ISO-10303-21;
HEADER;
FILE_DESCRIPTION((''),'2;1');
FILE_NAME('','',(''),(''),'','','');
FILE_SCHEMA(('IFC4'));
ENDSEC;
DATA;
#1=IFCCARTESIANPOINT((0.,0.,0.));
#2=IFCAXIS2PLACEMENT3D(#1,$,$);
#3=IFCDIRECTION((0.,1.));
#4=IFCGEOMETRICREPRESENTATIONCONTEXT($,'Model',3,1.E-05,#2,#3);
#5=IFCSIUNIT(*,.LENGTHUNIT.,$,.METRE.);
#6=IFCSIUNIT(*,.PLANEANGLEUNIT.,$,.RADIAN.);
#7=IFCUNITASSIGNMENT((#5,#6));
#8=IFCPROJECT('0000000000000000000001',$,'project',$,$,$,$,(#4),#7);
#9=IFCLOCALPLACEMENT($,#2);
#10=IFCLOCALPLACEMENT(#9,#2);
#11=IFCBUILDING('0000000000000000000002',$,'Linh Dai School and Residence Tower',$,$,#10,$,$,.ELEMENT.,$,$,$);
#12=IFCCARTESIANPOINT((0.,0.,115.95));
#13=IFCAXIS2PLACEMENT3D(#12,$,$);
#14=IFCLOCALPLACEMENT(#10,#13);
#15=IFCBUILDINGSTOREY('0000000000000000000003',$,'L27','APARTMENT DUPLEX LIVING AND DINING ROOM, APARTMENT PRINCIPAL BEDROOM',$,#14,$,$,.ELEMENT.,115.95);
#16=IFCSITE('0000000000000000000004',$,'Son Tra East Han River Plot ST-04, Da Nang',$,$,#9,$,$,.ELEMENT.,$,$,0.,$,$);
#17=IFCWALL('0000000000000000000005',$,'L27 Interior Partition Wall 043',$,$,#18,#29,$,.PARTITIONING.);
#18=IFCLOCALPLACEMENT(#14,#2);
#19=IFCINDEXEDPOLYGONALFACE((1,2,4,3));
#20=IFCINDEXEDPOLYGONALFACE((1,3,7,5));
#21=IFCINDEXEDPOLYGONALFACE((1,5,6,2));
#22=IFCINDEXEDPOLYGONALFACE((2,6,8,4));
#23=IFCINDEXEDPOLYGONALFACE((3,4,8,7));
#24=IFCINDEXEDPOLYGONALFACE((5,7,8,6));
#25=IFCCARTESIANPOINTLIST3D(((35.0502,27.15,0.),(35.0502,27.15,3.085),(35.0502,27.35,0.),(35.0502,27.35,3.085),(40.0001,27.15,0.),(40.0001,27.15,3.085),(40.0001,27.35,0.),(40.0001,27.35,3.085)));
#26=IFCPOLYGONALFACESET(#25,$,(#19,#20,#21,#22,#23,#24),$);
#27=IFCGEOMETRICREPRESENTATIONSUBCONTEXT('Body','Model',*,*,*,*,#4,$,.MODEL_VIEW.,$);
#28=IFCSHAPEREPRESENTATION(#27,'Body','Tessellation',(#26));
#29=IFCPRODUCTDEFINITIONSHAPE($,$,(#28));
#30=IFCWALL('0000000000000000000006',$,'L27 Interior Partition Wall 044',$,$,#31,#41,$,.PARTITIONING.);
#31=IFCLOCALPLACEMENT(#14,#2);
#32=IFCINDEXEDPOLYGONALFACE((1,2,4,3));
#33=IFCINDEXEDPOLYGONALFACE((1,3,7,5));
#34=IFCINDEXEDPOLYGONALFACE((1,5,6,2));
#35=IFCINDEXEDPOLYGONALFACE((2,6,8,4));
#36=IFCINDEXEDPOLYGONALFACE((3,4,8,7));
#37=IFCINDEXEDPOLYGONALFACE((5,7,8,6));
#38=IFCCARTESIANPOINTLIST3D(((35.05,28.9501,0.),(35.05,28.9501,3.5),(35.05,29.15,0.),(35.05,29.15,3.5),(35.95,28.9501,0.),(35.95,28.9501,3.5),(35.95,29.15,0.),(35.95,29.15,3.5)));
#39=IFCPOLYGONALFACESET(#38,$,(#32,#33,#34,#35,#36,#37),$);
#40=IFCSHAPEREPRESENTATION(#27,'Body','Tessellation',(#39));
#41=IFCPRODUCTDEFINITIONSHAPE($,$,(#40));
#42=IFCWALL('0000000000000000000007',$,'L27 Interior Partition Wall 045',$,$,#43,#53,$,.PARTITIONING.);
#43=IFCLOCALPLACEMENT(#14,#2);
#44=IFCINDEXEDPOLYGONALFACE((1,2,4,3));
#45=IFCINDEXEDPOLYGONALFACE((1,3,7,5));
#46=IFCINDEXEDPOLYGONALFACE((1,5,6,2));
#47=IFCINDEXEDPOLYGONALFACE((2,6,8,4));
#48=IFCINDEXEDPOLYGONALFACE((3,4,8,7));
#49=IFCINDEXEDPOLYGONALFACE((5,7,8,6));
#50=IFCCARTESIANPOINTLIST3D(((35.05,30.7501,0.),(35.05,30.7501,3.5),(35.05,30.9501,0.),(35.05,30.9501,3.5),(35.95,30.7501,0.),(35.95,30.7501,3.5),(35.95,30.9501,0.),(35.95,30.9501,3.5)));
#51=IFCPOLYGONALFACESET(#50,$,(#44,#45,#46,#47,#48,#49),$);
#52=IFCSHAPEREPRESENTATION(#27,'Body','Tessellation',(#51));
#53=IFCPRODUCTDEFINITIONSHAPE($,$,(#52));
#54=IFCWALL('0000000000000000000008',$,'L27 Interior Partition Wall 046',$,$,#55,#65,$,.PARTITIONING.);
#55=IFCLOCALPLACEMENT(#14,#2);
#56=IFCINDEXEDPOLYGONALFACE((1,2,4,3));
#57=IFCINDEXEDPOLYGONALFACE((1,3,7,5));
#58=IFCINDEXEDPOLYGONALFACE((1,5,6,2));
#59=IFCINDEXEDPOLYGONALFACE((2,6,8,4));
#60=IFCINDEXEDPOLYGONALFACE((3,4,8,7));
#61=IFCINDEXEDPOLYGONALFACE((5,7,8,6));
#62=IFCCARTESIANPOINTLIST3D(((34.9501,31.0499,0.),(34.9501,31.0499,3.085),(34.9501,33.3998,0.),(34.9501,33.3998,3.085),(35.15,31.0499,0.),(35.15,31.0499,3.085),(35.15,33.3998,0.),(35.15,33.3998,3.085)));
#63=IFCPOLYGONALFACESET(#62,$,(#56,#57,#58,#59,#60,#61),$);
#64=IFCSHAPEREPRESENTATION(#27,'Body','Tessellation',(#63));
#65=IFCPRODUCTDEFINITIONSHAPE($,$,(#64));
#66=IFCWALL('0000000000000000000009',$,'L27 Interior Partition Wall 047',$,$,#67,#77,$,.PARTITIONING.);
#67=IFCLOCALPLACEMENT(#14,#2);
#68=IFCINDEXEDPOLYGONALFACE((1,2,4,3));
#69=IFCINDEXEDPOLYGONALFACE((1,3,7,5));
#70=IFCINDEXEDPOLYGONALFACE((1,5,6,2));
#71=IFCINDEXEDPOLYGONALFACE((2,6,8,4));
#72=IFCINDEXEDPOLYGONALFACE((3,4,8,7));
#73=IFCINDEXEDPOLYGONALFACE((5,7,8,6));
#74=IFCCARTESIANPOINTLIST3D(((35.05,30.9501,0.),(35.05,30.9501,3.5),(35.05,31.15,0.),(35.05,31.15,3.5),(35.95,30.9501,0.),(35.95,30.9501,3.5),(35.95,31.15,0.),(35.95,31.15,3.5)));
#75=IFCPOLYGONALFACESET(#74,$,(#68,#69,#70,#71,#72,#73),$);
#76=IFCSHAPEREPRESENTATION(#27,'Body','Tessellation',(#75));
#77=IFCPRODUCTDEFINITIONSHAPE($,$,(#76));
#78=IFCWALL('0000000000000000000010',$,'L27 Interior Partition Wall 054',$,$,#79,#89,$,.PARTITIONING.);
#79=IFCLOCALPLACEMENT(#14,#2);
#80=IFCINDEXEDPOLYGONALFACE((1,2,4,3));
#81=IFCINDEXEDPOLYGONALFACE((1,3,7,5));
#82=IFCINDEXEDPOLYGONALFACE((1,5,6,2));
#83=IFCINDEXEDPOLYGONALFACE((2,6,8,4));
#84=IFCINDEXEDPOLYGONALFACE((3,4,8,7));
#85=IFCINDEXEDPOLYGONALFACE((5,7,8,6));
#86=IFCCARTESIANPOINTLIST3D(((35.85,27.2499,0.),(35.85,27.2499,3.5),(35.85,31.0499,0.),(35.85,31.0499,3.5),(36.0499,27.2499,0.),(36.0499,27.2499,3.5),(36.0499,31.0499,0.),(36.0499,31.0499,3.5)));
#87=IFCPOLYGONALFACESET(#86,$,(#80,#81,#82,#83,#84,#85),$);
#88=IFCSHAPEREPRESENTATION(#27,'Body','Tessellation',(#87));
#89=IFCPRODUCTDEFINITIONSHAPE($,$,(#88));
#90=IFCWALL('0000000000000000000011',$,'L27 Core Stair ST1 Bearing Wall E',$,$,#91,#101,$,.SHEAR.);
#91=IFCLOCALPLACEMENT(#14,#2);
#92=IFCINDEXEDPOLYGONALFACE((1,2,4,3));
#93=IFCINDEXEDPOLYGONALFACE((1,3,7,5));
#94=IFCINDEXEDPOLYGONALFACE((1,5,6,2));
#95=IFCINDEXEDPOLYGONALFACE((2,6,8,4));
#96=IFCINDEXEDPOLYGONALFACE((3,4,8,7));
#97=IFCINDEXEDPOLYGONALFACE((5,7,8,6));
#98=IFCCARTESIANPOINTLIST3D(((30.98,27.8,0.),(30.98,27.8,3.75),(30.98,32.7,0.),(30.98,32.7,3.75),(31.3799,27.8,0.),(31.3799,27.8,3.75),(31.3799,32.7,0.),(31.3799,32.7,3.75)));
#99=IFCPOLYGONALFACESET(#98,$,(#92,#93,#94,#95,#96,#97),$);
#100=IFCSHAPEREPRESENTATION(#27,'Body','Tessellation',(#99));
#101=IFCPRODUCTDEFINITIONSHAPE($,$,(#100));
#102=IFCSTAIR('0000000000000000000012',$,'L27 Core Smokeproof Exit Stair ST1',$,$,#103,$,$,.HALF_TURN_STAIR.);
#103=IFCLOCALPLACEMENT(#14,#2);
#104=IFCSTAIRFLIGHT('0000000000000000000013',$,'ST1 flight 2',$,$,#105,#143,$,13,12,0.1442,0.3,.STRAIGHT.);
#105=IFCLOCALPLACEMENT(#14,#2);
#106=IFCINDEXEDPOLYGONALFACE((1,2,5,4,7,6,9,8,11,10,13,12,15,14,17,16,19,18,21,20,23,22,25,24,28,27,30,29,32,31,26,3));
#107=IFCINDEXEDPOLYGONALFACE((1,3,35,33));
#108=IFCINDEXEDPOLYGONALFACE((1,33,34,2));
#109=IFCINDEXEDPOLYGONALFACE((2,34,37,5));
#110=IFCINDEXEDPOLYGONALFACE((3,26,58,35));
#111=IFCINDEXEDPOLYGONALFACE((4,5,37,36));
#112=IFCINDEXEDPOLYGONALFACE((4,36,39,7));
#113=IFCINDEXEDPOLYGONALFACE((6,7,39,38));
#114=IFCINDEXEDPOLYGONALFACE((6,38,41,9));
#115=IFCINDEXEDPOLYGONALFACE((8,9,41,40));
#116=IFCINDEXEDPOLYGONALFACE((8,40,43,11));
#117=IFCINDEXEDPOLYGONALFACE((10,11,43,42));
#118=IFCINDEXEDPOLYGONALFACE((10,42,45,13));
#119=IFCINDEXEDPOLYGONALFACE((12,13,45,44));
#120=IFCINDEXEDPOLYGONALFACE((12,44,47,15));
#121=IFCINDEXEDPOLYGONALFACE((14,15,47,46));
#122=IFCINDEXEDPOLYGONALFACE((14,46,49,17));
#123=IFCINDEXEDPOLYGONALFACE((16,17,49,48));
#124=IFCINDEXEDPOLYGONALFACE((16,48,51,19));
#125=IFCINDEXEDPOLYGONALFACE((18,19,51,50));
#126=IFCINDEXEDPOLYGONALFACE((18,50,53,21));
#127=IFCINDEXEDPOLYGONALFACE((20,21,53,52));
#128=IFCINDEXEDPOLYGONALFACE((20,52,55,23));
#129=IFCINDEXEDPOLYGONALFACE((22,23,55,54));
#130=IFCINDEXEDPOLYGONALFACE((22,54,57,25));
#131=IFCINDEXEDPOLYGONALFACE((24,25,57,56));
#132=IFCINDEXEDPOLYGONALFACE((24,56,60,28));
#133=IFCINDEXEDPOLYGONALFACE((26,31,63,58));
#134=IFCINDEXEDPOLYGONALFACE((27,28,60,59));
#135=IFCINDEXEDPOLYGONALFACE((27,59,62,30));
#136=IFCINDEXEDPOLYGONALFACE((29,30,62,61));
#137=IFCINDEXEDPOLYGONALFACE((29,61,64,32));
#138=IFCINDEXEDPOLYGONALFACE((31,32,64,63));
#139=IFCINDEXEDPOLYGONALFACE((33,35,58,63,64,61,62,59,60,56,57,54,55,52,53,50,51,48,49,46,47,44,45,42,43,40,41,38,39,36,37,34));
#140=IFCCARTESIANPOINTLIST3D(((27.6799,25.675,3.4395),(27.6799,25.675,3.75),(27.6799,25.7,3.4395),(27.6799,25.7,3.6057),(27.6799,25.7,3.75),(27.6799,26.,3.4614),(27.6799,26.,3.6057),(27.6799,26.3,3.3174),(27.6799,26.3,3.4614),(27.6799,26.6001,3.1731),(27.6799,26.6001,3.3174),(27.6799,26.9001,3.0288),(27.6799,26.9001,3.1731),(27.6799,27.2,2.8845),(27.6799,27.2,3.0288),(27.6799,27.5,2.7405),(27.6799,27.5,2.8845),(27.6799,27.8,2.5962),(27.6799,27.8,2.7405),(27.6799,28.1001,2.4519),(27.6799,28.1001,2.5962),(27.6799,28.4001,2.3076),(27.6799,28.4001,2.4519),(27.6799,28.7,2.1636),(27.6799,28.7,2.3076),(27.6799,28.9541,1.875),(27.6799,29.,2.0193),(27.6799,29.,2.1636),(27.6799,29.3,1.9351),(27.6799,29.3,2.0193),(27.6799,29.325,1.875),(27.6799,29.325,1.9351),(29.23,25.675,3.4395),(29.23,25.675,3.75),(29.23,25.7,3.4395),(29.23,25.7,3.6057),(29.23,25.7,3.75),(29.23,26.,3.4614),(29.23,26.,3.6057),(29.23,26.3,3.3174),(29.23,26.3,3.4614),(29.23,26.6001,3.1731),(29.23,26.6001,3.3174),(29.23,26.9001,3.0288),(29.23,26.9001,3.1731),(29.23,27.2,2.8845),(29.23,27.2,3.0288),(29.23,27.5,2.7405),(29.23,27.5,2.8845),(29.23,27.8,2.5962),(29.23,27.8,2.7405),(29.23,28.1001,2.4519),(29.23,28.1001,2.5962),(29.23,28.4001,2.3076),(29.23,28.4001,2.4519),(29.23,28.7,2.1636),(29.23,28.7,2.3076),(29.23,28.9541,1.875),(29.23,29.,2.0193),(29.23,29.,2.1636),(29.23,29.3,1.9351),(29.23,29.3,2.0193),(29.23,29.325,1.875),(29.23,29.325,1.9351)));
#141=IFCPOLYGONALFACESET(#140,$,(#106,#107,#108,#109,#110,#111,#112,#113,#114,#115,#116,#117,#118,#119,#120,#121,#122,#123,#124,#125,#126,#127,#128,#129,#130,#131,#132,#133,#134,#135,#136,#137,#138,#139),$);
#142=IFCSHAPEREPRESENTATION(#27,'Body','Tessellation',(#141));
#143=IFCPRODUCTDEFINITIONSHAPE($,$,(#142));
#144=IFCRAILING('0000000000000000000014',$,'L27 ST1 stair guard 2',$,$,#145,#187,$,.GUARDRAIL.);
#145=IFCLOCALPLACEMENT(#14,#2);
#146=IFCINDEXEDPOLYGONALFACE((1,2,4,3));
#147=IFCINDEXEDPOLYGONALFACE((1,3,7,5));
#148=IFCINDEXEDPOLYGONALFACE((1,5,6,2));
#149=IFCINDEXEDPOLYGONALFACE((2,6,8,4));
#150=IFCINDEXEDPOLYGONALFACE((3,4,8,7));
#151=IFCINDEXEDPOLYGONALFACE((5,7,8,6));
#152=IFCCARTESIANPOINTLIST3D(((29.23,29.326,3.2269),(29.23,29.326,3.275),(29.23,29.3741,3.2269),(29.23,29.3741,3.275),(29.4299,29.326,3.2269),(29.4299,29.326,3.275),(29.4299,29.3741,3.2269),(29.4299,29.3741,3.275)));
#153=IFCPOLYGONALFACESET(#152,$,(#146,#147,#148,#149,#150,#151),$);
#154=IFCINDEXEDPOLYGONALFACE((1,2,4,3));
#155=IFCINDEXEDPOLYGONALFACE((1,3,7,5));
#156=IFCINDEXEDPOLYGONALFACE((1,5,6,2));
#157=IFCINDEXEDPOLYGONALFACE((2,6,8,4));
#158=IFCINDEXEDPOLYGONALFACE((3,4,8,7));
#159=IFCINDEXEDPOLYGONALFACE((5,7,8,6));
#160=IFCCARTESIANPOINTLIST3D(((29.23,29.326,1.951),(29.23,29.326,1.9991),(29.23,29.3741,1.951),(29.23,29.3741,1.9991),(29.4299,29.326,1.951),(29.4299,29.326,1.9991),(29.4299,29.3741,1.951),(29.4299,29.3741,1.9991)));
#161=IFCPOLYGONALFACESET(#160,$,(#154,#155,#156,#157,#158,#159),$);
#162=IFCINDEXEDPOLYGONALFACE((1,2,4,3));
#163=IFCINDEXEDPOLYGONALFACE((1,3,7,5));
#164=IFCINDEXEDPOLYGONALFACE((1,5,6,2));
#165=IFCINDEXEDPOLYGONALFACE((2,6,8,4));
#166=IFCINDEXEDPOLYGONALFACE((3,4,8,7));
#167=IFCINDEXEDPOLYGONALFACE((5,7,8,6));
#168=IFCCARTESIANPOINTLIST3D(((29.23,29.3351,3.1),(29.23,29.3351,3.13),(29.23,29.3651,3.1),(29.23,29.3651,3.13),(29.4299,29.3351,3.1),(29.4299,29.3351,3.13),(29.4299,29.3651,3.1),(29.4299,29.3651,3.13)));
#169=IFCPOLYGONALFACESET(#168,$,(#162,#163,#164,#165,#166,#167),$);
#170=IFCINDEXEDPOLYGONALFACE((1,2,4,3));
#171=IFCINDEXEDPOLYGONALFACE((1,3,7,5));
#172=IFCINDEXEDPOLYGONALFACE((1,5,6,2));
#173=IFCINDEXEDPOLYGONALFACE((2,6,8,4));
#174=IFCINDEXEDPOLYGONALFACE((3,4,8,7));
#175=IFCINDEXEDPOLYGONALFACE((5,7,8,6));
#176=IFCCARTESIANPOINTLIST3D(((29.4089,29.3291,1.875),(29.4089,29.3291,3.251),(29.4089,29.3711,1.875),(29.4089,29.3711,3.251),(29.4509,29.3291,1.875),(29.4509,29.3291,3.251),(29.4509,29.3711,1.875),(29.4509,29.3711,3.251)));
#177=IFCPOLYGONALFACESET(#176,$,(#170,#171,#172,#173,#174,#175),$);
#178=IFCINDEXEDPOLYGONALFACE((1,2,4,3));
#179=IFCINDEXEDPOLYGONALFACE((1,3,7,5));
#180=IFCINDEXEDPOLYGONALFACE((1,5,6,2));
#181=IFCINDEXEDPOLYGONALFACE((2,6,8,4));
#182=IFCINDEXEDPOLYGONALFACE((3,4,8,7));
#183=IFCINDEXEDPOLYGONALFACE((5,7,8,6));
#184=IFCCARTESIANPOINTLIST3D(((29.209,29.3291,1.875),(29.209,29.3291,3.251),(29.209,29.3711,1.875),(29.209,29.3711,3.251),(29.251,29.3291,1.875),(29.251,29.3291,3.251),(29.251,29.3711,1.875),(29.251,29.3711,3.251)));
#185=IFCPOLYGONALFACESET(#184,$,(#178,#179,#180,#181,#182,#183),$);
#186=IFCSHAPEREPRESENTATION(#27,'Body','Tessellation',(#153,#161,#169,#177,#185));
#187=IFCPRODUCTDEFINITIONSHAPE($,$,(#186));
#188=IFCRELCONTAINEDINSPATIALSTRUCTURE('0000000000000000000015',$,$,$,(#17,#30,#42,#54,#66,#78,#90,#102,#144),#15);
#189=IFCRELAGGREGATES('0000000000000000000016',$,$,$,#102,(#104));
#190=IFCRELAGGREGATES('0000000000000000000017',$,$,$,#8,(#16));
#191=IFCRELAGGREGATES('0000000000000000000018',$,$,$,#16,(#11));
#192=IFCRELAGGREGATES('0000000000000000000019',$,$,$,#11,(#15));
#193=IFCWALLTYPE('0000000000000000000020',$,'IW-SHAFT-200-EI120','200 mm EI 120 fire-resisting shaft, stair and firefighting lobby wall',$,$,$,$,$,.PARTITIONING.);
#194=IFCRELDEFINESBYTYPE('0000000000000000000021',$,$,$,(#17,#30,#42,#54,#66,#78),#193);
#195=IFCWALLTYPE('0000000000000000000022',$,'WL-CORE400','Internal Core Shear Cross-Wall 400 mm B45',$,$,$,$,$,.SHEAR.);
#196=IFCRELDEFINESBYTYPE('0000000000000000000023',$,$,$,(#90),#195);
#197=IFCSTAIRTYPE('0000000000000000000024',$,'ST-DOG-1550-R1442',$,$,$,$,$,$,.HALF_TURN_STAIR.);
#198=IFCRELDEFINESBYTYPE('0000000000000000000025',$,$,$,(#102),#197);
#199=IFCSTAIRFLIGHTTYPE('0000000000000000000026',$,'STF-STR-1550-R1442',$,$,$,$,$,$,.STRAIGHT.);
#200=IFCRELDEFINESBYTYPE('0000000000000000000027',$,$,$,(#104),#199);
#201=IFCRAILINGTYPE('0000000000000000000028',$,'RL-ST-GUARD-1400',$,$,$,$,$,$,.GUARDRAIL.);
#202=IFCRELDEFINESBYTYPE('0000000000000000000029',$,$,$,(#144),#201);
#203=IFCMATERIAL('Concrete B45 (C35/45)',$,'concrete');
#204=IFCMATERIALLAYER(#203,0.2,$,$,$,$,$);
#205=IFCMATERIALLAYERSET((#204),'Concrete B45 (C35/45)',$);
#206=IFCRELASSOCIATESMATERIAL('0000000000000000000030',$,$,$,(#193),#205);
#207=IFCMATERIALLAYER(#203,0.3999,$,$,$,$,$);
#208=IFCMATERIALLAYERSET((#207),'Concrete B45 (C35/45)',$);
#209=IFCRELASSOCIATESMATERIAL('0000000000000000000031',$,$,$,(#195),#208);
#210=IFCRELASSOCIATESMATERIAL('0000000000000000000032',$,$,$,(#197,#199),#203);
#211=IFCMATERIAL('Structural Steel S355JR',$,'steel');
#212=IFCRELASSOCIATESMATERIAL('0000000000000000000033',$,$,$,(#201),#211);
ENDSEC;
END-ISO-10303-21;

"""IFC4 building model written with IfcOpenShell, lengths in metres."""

from ifc_helpers import new_model, si_unit, direction, frame, frame_2d, origin, origin_2d, place, context, subcontext, project, spatial, polyline, rectangle, outline, extrude, source, transform, mapped, material, layer, layer_set, type_object, element, aggregate, save


model = new_model("IFC4")

# Units and contexts
model_context = context("Model", 3, precision=1e-05, world=origin(), true_north=direction((0.0, 1.0)))
body_context = subcontext(model_context, "Body", "Model", "MODEL_VIEW")
ifc_project = project(units=[si_unit("LENGTHUNIT", "METRE"), si_unit("PLANEANGLEUNIT", "RADIAN")], contexts=[model_context])

# Site, building, storey
site_placement = place(None, origin())
site = spatial("IfcSite", under=ifc_project, at=site_placement, Name="Son Tra East Han River Plot ST-04, Da Nang", CompositionType="ELEMENT", RefElevation=0.0)
building_placement = place(site_placement, origin())
building = spatial("IfcBuilding", under=site, at=building_placement, Name="Linh Dai School and Residence Tower", CompositionType="ELEMENT")
storey_placement = place(building_placement, frame((0.0, 0.0, 115.95)))
storey = spatial("IfcBuildingStorey", under=building, at=storey_placement, Name="L27", Description="APARTMENT DUPLEX LIVING AND DINING ROOM, APARTMENT PRINCIPAL BEDROOM", CompositionType="ELEMENT", Elevation=115.95)

# Shared definitions
ifc_material_1 = material(Name="Structural Steel S355JR", Category="steel")

# Shared definitions
ifc_material_2 = material(Name="Concrete B45 (C35/45)", Category="concrete")
ifc_layer_1 = layer(ifc_material_2, 0.2)
ifc_layer_set_1 = layer_set([ifc_layer_1], Name="Concrete B45 (C35/45)")
wall_type_1 = type_object("IfcWallType", Name="IW-SHAFT-200-EI120", Description="200 mm EI 120 fire-resisting shaft, stair and firefighting lobby wall", PredefinedType="PARTITIONING", material=ifc_layer_set_1)

# Walls
wall_1_placement = place(storey_placement, frame((35.05, 27.25, 0.0), z_axis=(0.0, 0.0, 1.0), x_axis=(1.0, 0.0, 0.0)))
element("IfcWall", 1, at=wall_1_placement, inside=storey, type_object=wall_type_1, Name="L27 Interior Partition Wall 043", PredefinedType="PARTITIONING", context=body_context, shape_type="SweptSolid", body=[
    extrude(rectangle(XDim=4.95, YDim=0.2, at=frame_2d((2.4751, 0.0))), origin(), (0.0, 0.0, 1.0), 3.085),
])
for number, where, z_axis, x_axis, name in (
    (2, (35.05, 29.05, 0.0), (0.0, 0.0, 1.0), (1.0, 0.0, 0.0), "L27 Interior Partition Wall 044"),
    (3, (35.05, 30.8501, 0.0), (0.0, 0.0, 1.0), (1.0, 0.0, 0.0), "L27 Interior Partition Wall 045"),
):
    element("IfcWall", number, at=place(storey_placement, frame(where, z_axis=z_axis, x_axis=x_axis)), inside=storey, type_object=wall_type_1, Name=name, PredefinedType="PARTITIONING", context=body_context, shape_type="SweptSolid", body=[
        extrude(rectangle(XDim=0.8999, YDim=0.2, at=frame_2d((0.45, 0.0))), origin(), (0.0, 0.0, 1.0), 3.5),
    ])
wall_2_placement = place(storey_placement, frame((35.05, 31.05, 0.0), z_axis=(0.0, 0.0, 1.0), x_axis=(0.0, 1.0, 0.0)))
element("IfcWall", 4, at=wall_2_placement, inside=storey, type_object=wall_type_1, Name="L27 Interior Partition Wall 046", PredefinedType="PARTITIONING", context=body_context, shape_type="SweptSolid", body=[
    extrude(rectangle(XDim=2.3499, YDim=0.2, at=frame_2d((1.1748, 0.0))), origin(), (0.0, 0.0, 1.0), 3.085),
])
wall_3_placement = place(storey_placement, frame((35.05, 31.05, 0.0), z_axis=(0.0, 0.0, 1.0), x_axis=(1.0, 0.0, 0.0)))
element("IfcWall", 5, at=wall_3_placement, inside=storey, type_object=wall_type_1, Name="L27 Interior Partition Wall 047", PredefinedType="PARTITIONING", context=body_context, shape_type="SweptSolid", body=[
    extrude(rectangle(XDim=0.8999, YDim=0.2, at=frame_2d((0.45, 0.0))), origin(), (0.0, 0.0, 1.0), 3.5),
])
wall_4_placement = place(storey_placement, frame((35.95, 27.25, 0.0), z_axis=(0.0, 0.0, 1.0), x_axis=(0.0, 1.0, 0.0)))
element("IfcWall", 6, at=wall_4_placement, inside=storey, type_object=wall_type_1, Name="L27 Interior Partition Wall 054", PredefinedType="PARTITIONING", context=body_context, shape_type="SweptSolid", body=[
    extrude(rectangle(XDim=3.8, YDim=0.2, at=frame_2d((1.8999, 0.0))), origin(), (0.0, 0.0, 1.0), 3.5),
])

# Wall
ifc_layer_2 = layer(ifc_material_2, 0.3999)
ifc_layer_set_2 = layer_set([ifc_layer_2], Name="Concrete B45 (C35/45)")
wall_type_2 = type_object("IfcWallType", Name="WL-CORE400", Description="Internal Core Shear Cross-Wall 400 mm B45", PredefinedType="SHEAR", material=ifc_layer_set_2)
wall_5_placement = place(storey_placement, frame((31.1799, 27.8, 0.0), z_axis=(0.0, 0.0, 1.0), x_axis=(0.0, 1.0, 0.0)))
element("IfcWall", 7, at=wall_5_placement, inside=storey, type_object=wall_type_2, Name="L27 Core Stair ST1 Bearing Wall E", PredefinedType="SHEAR", context=body_context, shape_type="SweptSolid", body=[
    extrude(rectangle(XDim=4.8999, YDim=0.3999, at=frame_2d((2.45, 0.0))), origin(), (0.0, 0.0, 1.0), 3.75),
])

# Stair, stair flight
stair_type = type_object("IfcStairType", Name="ST-DOG-1550-R1442", PredefinedType="HALF_TURN_STAIR", material=ifc_material_2)
stair_placement = place(storey_placement, origin())
stair = element("IfcStair", 8, at=stair_placement, inside=storey, type_object=stair_type, Name="L27 Core Smokeproof Exit Stair ST1", PredefinedType="HALF_TURN_STAIR")
stair_flight_type = type_object("IfcStairFlightType", Name="STF-STR-1550-R1442", PredefinedType="STRAIGHT", material=ifc_material_2)
shared_shape_1 = source(origin(), body_context, "Body", "SweptSolid", [
    extrude(outline(polyline([(-0.0249, 0.0), (-0.0249, 0.0601), (0.0, 0.0601), (0.0, 0.1443), (0.3, 0.1443), (0.3, 0.2886), (0.6001, 0.2886), (0.6001, 0.4326), (0.8999, 0.4326), (0.8999, 0.5769), (1.2, 0.5769), (1.2, 0.7212), (1.5, 0.7212), (1.5, 0.8655), (1.8, 0.8655), (1.8, 1.0095), (2.1001, 1.0095), (2.1001, 1.1538), (2.3999, 1.1538), (2.3999, 1.2981), (2.7, 1.2981), (2.7, 1.4424), (3.0, 1.4424), (3.0, 1.5864), (3.3, 1.5864), (3.3, 1.7307), (3.6001, 1.7307), (3.6001, 1.875), (3.625, 1.875), (3.625, 1.5645), (3.6001, 1.5645), (0.3459, 0.0), (-0.0249, 0.0)])), frame((0.0, 0.7749, 0.0), z_axis=(0.0, -1.0, 0.0), x_axis=(1.0, 0.0, 0.0)), (0.0, 0.0, 1.0), 1.55),
])
stair_flight_placement = place(storey_placement, frame((28.4551, 29.3, 1.875), z_axis=(0.0, 0.0, 1.0), x_axis=(0.0, -1.0, 0.0)))
stair_flight = element("IfcStairFlight", 9, at=stair_flight_placement, type_object=stair_flight_type, Name="ST1 flight 2", NumberOfRisers=13, NumberOfTreads=12, PredefinedType="STRAIGHT", RiserHeight=0.1442, TreadLength=0.3, context=body_context, shape_type="MappedRepresentation", body=[
    mapped(shared_shape_1, transform((0.0, 0.0, 0.0), x_axis=(1.0, 0.0, 0.0), y_axis=(0.0, 1.0, 0.0), z_axis=(0.0, 0.0, 1.0), scale=1.0)),
])
aggregate(stair, [stair_flight])

# Railing
railing_type_1 = type_object("IfcRailingType", Name="RL-ST-GUARD-1400", PredefinedType="GUARDRAIL", material=ifc_material_1)
shared_shape_2 = source(origin(), body_context, "Body", "SweptSolid", [
    extrude(rectangle(XDim=0.0481, YDim=0.0481, at=origin_2d()), frame((0.0, 0.0, 1.376), z_axis=(-1.0, 0.0, 0.0), x_axis=(0.0, -1.0, 0.0)), (0.0, 0.0, 1.0), 0.2),
    extrude(rectangle(XDim=0.0481, YDim=0.0481, at=origin_2d()), frame((0.0, 0.0, 0.1001), z_axis=(-1.0, 0.0, 0.0), x_axis=(0.0, -1.0, 0.0)), (0.0, 0.0, 1.0), 0.2),
    extrude(rectangle(XDim=0.03, YDim=0.03, at=origin_2d()), frame((0.0, 0.0, 1.24), z_axis=(-1.0, 0.0, 0.0), x_axis=(0.0, -1.0, 0.0)), (0.0, 0.0, 1.0), 0.2),
    extrude(rectangle(XDim=0.042, YDim=0.042, at=origin_2d()), origin(), (0.0, 0.0, 1.0), 1.376),
    extrude(rectangle(XDim=0.042, YDim=0.042, at=origin_2d()), frame((-0.2, 0.0, 0.0)), (0.0, 0.0, 1.0), 1.376),
])
railing_1_placement = place(storey_placement, frame((29.4299, 29.3501, 1.875)))
element("IfcRailing", 10, at=railing_1_placement, inside=storey, type_object=railing_type_1, Name="L27 ST1 stair guard 2", PredefinedType="GUARDRAIL", context=body_context, shape_type="MappedRepresentation", body=[
    mapped(shared_shape_2, transform((0.0, 0.0, 0.0), x_axis=(1.0, 0.0, 0.0), y_axis=(0.0, 1.0, 0.0), z_axis=(0.0, 0.0, 1.0), scale=1.0)),
])

save(model, "model.ifc")
